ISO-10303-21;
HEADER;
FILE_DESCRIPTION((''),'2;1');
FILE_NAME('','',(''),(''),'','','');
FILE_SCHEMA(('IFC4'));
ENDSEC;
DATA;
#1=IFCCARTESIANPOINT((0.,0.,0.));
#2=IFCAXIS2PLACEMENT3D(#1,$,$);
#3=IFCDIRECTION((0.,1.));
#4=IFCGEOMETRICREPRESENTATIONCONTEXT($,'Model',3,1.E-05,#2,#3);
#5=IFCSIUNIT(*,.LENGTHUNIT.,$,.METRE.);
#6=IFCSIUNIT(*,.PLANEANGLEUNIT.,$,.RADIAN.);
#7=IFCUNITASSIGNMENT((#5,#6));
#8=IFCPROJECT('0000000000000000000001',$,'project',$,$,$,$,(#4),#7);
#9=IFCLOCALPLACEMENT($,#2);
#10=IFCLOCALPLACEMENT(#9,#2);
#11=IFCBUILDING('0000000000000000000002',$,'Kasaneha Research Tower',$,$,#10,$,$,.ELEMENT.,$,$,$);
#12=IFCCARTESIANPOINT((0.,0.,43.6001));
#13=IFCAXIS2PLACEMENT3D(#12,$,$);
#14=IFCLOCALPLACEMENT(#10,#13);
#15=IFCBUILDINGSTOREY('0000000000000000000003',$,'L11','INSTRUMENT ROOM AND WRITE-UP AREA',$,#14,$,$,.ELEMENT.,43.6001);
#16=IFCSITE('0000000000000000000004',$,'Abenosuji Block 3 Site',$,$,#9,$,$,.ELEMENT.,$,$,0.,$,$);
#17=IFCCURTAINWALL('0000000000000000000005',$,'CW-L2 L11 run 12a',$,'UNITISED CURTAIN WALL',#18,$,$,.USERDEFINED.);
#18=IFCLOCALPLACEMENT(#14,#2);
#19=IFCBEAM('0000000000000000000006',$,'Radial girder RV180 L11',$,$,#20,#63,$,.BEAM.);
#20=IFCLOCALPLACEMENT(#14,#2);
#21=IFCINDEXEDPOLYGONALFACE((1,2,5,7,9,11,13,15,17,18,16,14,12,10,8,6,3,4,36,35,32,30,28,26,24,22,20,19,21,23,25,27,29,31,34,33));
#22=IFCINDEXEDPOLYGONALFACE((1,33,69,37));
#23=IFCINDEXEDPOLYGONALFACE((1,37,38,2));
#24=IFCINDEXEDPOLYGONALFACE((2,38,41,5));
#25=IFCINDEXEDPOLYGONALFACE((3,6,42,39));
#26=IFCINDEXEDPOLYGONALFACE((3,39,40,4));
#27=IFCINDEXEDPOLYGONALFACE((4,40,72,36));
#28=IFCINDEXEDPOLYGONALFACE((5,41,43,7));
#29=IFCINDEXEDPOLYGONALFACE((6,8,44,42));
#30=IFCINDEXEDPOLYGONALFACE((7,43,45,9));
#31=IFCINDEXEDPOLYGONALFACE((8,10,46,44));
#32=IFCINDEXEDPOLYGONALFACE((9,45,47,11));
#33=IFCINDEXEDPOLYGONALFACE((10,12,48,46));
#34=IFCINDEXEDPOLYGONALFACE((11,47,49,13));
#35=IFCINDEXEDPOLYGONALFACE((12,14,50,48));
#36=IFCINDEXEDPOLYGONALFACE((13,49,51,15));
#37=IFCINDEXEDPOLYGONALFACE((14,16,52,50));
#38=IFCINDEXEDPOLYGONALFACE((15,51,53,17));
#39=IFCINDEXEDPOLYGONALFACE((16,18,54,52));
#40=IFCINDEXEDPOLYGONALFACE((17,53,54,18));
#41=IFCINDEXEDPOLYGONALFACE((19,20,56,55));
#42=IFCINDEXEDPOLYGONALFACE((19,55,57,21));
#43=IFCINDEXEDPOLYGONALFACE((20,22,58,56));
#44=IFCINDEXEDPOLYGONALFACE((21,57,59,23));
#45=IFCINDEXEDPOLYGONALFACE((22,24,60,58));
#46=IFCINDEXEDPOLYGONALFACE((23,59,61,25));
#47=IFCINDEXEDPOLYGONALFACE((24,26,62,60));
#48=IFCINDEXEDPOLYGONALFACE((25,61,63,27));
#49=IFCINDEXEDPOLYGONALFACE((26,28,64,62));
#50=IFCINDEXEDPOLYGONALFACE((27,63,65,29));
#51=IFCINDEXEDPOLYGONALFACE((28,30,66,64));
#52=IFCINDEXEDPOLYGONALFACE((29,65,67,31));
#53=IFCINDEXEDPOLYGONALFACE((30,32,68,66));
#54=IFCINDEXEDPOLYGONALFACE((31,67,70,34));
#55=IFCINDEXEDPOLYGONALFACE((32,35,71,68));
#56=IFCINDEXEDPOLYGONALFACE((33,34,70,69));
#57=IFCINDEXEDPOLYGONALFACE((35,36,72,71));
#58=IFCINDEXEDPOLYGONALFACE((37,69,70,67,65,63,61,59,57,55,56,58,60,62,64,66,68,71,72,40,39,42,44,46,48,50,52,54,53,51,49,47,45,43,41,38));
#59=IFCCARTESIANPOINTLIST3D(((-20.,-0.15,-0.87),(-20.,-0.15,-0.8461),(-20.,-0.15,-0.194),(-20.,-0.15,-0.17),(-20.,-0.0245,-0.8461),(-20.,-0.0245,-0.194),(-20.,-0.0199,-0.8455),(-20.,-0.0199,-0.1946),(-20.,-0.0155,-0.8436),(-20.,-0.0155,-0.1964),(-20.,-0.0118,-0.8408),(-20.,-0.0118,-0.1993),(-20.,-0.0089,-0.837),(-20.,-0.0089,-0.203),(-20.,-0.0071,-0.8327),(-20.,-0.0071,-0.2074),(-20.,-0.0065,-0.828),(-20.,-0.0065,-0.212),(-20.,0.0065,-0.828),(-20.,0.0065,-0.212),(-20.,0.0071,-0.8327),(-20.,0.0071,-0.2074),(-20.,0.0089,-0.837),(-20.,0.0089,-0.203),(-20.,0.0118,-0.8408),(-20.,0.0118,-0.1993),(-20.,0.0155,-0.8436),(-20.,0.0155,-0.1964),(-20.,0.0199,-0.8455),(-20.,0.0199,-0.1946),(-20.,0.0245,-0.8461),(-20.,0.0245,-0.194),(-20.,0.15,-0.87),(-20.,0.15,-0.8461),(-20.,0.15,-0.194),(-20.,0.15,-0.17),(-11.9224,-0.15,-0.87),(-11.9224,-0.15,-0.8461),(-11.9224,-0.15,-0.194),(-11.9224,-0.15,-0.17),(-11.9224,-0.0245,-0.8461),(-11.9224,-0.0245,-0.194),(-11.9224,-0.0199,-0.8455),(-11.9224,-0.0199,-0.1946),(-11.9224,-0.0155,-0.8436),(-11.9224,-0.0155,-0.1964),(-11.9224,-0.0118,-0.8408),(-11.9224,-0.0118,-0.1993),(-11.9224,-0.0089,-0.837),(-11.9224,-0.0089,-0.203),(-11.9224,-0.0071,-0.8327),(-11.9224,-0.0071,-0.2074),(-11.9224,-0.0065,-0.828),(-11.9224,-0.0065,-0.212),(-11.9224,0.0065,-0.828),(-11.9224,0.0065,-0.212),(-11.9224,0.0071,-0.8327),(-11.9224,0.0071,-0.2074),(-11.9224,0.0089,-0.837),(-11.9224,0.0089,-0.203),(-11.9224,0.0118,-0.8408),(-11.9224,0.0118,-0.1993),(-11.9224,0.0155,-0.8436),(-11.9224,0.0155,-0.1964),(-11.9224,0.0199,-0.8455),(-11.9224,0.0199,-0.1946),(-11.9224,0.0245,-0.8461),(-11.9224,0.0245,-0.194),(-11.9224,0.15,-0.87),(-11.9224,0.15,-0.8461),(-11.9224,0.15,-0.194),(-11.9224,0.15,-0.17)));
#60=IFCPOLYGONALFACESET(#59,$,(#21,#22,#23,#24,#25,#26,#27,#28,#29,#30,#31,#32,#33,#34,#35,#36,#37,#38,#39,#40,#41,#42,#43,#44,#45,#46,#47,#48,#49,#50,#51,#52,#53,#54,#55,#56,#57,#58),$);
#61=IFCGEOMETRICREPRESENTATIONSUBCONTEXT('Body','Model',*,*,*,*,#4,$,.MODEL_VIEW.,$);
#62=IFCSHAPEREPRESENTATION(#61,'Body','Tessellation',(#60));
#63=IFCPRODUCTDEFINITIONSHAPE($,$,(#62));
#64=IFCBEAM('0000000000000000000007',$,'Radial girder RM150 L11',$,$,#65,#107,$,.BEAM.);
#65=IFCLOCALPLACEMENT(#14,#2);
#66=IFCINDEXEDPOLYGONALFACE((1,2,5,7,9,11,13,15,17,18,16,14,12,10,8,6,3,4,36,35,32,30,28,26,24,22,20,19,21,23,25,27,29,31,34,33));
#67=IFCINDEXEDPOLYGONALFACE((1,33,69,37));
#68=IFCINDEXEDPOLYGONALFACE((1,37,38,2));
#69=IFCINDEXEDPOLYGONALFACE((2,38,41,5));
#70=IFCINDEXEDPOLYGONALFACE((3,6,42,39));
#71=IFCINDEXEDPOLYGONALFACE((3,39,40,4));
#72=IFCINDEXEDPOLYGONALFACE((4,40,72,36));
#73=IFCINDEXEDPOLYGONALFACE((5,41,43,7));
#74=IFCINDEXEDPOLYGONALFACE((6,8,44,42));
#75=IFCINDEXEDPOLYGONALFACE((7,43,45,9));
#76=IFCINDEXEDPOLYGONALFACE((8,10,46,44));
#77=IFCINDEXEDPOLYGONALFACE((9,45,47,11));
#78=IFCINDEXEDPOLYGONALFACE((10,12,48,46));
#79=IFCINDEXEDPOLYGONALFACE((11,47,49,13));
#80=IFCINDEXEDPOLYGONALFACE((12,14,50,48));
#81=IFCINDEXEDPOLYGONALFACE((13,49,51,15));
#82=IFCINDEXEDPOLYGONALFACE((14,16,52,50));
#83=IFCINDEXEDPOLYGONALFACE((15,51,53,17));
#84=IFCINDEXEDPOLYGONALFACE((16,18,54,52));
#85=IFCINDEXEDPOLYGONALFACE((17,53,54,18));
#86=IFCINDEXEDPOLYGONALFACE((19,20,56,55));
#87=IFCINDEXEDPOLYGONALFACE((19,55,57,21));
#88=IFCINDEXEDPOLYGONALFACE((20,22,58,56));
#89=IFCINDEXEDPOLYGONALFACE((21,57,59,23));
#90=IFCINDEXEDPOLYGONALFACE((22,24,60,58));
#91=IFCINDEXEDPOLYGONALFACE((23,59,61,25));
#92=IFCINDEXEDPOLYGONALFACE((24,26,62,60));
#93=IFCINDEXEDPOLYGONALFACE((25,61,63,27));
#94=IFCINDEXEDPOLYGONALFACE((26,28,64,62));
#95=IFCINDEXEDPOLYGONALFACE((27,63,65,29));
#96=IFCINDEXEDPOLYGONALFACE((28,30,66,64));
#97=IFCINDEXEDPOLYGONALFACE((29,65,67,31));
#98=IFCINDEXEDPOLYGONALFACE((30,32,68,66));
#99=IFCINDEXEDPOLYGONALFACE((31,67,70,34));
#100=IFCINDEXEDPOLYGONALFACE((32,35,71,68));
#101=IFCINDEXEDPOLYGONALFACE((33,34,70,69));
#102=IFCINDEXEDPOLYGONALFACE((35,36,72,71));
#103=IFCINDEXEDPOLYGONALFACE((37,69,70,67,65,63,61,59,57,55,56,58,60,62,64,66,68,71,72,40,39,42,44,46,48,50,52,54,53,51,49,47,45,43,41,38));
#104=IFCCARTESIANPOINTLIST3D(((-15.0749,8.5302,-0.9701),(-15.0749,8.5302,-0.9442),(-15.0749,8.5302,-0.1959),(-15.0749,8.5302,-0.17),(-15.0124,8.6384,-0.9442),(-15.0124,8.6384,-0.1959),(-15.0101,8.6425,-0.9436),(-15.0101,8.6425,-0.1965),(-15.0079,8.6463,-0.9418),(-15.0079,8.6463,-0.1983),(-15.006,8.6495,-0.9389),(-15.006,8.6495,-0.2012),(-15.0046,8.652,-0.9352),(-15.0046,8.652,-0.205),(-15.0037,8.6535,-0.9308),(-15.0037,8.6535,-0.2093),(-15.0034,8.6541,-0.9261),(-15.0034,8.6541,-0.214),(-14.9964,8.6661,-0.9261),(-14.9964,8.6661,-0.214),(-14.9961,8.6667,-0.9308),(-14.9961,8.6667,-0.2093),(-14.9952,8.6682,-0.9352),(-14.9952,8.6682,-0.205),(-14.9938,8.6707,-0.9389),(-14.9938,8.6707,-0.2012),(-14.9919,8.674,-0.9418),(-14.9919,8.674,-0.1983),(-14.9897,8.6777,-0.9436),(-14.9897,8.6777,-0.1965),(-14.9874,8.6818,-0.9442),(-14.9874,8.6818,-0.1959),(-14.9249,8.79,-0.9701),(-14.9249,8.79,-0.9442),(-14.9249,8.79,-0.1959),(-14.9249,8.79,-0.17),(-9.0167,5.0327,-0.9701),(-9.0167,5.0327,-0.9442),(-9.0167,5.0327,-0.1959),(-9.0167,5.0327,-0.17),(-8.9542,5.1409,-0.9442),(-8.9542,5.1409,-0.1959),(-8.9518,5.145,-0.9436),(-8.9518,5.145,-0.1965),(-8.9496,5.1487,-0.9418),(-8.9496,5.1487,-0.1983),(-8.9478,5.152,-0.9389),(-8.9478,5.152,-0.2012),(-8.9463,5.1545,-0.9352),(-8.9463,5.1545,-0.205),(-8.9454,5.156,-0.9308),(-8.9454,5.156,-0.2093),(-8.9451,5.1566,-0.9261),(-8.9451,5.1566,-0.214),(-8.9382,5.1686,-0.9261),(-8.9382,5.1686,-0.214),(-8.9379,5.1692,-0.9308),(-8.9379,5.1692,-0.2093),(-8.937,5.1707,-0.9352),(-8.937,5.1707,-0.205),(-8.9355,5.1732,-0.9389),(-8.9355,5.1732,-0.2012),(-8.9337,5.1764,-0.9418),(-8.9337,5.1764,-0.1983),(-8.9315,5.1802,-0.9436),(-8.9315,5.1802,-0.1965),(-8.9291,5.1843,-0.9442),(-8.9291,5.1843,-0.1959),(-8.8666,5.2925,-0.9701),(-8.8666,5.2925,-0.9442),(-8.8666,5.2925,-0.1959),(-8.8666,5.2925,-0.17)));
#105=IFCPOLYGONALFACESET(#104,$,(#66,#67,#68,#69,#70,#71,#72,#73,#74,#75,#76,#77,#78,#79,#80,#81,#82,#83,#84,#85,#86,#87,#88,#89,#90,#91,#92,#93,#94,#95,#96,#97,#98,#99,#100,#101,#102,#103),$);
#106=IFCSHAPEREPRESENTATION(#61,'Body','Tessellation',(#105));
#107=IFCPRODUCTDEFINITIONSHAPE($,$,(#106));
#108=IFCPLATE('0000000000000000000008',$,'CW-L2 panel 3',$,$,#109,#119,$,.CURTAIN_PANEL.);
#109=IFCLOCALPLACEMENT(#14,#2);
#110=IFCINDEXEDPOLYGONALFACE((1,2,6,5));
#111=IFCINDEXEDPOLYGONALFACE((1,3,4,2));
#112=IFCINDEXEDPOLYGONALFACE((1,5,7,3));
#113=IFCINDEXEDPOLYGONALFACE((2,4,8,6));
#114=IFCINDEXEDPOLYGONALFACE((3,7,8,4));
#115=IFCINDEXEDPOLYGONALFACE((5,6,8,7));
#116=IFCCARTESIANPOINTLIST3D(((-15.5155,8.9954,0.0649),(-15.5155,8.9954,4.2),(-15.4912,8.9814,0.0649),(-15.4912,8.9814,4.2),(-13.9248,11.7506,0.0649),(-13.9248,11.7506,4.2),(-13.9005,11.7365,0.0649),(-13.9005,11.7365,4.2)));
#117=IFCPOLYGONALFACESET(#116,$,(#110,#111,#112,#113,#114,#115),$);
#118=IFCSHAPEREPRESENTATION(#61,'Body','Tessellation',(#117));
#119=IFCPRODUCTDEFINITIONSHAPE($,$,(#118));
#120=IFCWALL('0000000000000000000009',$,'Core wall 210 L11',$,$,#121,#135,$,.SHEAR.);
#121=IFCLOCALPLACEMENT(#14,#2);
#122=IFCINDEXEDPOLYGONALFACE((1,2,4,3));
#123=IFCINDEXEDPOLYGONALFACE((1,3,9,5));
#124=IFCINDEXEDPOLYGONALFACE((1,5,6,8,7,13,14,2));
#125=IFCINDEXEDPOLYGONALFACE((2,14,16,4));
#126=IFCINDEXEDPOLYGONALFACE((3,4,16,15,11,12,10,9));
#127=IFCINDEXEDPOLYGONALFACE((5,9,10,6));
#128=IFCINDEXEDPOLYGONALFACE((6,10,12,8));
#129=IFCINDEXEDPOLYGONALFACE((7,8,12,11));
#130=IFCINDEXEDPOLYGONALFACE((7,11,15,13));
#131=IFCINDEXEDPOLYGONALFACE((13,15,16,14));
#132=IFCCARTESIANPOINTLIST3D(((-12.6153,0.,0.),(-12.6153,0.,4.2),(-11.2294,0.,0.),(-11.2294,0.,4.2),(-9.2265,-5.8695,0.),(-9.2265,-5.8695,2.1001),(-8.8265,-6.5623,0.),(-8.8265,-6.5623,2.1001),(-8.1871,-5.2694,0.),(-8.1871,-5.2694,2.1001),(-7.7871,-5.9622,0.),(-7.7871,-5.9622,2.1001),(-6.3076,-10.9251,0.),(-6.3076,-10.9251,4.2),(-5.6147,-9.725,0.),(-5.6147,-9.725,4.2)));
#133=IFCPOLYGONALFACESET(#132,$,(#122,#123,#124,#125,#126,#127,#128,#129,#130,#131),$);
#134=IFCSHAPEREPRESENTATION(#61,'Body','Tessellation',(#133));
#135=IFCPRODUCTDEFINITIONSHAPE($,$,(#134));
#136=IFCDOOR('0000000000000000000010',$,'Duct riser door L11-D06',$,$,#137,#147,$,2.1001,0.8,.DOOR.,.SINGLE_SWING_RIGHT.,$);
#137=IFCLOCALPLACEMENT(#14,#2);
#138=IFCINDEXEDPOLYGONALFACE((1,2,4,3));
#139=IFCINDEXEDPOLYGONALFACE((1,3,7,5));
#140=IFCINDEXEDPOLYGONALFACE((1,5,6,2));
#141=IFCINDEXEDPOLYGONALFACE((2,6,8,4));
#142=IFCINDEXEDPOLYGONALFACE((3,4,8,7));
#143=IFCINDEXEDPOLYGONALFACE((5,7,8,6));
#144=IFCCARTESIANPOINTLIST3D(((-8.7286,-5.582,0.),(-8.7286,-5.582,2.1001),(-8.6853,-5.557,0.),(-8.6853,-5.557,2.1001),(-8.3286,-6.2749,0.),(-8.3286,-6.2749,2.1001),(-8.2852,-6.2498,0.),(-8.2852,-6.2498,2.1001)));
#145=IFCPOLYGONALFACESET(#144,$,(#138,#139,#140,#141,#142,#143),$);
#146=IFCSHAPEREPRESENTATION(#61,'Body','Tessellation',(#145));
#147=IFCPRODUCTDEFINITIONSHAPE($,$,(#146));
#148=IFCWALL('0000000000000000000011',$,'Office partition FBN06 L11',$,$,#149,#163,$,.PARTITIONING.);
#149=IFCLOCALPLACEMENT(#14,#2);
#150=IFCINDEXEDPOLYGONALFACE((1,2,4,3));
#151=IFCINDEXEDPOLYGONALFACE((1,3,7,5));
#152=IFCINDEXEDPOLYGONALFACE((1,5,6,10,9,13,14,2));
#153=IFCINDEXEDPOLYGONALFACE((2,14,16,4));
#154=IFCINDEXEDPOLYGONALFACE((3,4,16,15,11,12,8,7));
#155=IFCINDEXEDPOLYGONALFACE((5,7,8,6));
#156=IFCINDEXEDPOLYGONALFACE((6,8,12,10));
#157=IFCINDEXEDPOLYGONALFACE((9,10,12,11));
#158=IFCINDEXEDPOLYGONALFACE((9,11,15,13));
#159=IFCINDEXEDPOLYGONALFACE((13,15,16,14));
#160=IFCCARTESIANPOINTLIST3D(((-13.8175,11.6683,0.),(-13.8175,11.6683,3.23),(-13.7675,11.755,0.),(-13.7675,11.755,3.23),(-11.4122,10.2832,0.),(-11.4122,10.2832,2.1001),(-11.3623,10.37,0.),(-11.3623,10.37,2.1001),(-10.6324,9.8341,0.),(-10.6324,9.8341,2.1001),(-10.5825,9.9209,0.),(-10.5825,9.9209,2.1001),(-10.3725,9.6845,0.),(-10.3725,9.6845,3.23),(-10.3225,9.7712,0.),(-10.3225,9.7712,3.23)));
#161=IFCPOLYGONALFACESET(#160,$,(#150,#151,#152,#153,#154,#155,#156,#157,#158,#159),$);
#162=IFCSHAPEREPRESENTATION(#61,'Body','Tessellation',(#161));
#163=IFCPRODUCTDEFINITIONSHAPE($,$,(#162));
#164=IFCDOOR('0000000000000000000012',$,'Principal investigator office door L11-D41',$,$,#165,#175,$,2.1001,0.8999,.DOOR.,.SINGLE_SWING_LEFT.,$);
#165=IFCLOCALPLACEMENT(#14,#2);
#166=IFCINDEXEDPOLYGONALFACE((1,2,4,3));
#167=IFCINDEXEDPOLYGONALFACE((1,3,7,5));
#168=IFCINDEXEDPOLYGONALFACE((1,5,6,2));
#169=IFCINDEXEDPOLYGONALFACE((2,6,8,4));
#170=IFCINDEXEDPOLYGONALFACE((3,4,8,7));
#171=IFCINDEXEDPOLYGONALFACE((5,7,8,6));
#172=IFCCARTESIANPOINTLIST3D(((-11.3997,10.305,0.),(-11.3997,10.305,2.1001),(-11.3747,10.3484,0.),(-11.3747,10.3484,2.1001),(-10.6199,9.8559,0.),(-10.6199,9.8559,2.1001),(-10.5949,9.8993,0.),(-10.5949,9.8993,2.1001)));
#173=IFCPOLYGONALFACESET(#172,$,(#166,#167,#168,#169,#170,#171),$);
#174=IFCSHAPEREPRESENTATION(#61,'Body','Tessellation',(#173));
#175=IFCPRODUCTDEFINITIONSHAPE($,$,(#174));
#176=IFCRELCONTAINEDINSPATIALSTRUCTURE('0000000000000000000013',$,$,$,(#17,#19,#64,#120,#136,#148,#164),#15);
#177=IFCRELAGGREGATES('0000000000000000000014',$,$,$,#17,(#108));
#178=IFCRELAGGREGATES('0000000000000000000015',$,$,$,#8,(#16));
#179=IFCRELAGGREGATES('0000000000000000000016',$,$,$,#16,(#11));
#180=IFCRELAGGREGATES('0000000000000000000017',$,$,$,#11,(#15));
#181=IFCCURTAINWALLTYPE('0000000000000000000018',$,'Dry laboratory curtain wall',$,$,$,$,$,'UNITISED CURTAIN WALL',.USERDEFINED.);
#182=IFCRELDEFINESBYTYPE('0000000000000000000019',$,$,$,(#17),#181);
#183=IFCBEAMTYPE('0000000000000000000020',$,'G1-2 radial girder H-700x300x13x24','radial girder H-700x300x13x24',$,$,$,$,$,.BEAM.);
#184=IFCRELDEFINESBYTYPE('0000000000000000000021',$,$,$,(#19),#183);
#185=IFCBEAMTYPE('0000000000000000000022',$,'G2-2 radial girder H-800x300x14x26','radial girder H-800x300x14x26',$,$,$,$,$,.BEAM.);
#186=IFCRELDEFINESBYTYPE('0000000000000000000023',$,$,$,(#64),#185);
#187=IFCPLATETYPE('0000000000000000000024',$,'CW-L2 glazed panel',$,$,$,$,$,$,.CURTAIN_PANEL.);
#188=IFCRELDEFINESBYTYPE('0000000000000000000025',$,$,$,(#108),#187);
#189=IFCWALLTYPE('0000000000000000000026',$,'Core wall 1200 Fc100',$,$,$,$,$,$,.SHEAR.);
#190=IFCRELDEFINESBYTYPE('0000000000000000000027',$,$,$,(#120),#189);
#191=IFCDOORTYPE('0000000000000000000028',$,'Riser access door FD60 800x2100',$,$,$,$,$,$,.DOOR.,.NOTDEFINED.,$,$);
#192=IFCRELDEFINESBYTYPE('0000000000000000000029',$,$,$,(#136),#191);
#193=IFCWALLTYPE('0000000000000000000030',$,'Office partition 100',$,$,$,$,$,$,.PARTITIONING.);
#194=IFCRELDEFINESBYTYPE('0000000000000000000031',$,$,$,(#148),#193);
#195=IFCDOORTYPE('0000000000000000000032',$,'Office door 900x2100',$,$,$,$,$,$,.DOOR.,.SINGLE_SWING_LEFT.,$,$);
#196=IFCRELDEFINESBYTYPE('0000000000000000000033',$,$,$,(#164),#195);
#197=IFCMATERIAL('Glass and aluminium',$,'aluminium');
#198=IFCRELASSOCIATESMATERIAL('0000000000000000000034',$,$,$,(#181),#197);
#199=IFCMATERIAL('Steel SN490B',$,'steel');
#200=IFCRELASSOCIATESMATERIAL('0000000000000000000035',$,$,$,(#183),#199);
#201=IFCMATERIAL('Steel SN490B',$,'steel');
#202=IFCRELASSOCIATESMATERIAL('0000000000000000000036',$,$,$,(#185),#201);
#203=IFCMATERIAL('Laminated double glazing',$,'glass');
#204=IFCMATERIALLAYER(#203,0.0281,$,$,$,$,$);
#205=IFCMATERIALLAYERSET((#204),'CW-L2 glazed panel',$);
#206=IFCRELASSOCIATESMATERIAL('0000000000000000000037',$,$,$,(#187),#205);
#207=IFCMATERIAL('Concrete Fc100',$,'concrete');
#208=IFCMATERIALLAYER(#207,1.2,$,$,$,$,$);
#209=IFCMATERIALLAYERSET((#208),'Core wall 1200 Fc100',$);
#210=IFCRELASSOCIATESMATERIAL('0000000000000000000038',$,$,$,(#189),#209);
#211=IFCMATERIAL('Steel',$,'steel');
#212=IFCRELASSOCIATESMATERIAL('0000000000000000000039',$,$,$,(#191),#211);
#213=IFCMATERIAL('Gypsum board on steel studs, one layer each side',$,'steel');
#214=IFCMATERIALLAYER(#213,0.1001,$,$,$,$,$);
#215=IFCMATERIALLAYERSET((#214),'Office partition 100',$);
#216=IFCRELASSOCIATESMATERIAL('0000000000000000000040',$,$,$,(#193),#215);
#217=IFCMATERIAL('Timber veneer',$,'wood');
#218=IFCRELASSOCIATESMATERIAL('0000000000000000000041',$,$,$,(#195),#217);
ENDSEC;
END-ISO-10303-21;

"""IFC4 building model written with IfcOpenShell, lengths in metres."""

from ifc_helpers import new_model, si_unit, direction, frame, frame_2d, origin, origin_2d, place, context, subcontext, project, spatial, polyline, rectangle, i_section, outline, extrude, material, layer, layer_set, material_profile, profile_set, type_object, element, fill, aggregate, save


model = new_model("IFC4")

# Units and contexts
model_context = context("Model", 3, precision=1e-05, world=origin(), true_north=direction((0.0, 1.0)))
body_context = subcontext(model_context, "Body", "Model", "MODEL_VIEW")
ifc_project = project(units=[si_unit("LENGTHUNIT", "METRE"), si_unit("PLANEANGLEUNIT", "RADIAN")], contexts=[model_context])

# Site, building, storey
site_placement = place(None, origin())
site = spatial("IfcSite", under=ifc_project, at=site_placement, Name="Abenosuji Block 3 Site", CompositionType="ELEMENT", RefElevation=0.0)
building_placement = place(site_placement, origin())
building = spatial("IfcBuilding", under=site, at=building_placement, Name="Kasaneha Research Tower", CompositionType="ELEMENT")
storey_placement = place(building_placement, frame((0.0, 0.0, 43.6001)))
storey = spatial("IfcBuildingStorey", under=building, at=storey_placement, Name="L11", Description="INSTRUMENT ROOM AND WRITE-UP AREA", CompositionType="ELEMENT", Elevation=43.6001)

# Curtain wall
ifc_material_1 = material(Name="Glass and aluminium", Category="aluminium")
curtain_wall_type = type_object("IfcCurtainWallType", Name="Dry laboratory curtain wall", ElementType="UNITISED CURTAIN WALL", PredefinedType="USERDEFINED", material=ifc_material_1)
curtain_wall_placement = place(storey_placement, origin())
curtain_wall = element("IfcCurtainWall", 1, at=curtain_wall_placement, inside=storey, type_object=curtain_wall_type, Name="CW-L2 L11 run 12a", ObjectType="UNITISED CURTAIN WALL", PredefinedType="USERDEFINED")

# Beams
ifc_material_2 = material(Name="Steel SN490B", Category="steel")
ifc_material_profile_1 = material_profile(ifc_material_2, i_section(OverallWidth=0.3, OverallDepth=0.7, WebThickness=0.0129, FlangeThickness=0.0239, FilletRadius=0.0181, at=origin_2d()), Name="H-700x300x13x24")
ifc_profile_set_1 = profile_set([ifc_material_profile_1], Name="Steel SN490B")
beam_type_1 = type_object("IfcBeamType", Name="G1-2 radial girder H-700x300x13x24", Description="radial girder H-700x300x13x24", PredefinedType="BEAM", material=ifc_profile_set_1)
beam_1_placement = place(storey_placement, frame((-11.9224, 0.0, -0.52), z_axis=(-1.0, 0.0, 0.0), x_axis=(0.0, -1.0, 0.0)))
element("IfcBeam", 2, at=beam_1_placement, inside=storey, type_object=beam_type_1, Name="Radial girder RV180 L11", PredefinedType="BEAM", context=body_context, shape_type="SweptSolid", body=[
    extrude(i_section(OverallWidth=0.3, OverallDepth=0.7, WebThickness=0.0129, FlangeThickness=0.0239, FilletRadius=0.0181, at=origin_2d()), origin(), (0.0, 0.0, 1.0), 8.0776),
])
ifc_material_3 = material(Name="Steel SN490B", Category="steel")
ifc_material_profile_2 = material_profile(ifc_material_3, i_section(OverallWidth=0.3, OverallDepth=0.8, WebThickness=0.0139, FlangeThickness=0.0259, FilletRadius=0.0181, at=origin_2d()), Name="H-800x300x14x26")
ifc_profile_set_2 = profile_set([ifc_material_profile_2], Name="Steel SN490B")
beam_type_2 = type_object("IfcBeamType", Name="G2-2 radial girder H-800x300x14x26", Description="radial girder H-800x300x14x26", PredefinedType="BEAM", material=ifc_profile_set_2)
beam_2_placement = place(storey_placement, frame((-8.9417, 5.1626, -0.5701), z_axis=(-0.86604, 0.499975, 0.0), x_axis=(-0.499975, -0.86604, 0.0)))
element("IfcBeam", 3, at=beam_2_placement, inside=storey, type_object=beam_type_2, Name="Radial girder RM150 L11", PredefinedType="BEAM", context=body_context, shape_type="SweptSolid", body=[
    extrude(i_section(OverallWidth=0.3, OverallDepth=0.8, WebThickness=0.0139, FlangeThickness=0.0259, FilletRadius=0.0181, at=origin_2d()), origin(), (0.0, 0.0, 1.0), 6.9954),
])

# Plate
ifc_material_4 = material(Name="Laminated double glazing", Category="glass")
ifc_layer_1 = layer(ifc_material_4, 0.0281)
ifc_layer_set_1 = layer_set([ifc_layer_1], Name="CW-L2 glazed panel")
plate_type = type_object("IfcPlateType", Name="CW-L2 glazed panel", PredefinedType="CURTAIN_PANEL", material=ifc_layer_set_1)
plate_placement = place(storey_placement, frame((-14.708, 10.366, 0.0649), z_axis=(0.0, 0.0, 1.0), x_axis=(-0.5, -0.866025, 0.0)))
plate = element("IfcPlate", 4, at=plate_placement, type_object=plate_type, Name="CW-L2 panel 3", PredefinedType="CURTAIN_PANEL", context=body_context, shape_type="SweptSolid", body=[
    extrude(rectangle(XDim=3.1814, YDim=0.0281, at=origin_2d()), origin(), (0.0, 0.0, 1.0), 4.135),
])
aggregate(curtain_wall, [plate])

# Walls, openings, doors
ifc_material_5 = material(Name="Concrete Fc100", Category="concrete")
ifc_layer_2 = layer(ifc_material_5, 1.2)
ifc_layer_set_2 = layer_set([ifc_layer_2], Name="Core wall 1200 Fc100")
wall_type_1 = type_object("IfcWallType", Name="Core wall 1200 Fc100", PredefinedType="SHEAR", material=ifc_layer_set_2)
wall_1_placement = place(storey_placement, frame((-11.9224, 0.0, 0.0), z_axis=(0.0, 0.0, 1.0), x_axis=(0.500004, -0.866023, 0.0)))
wall_1 = element("IfcWall", 5, at=wall_1_placement, inside=storey, type_object=wall_type_1, Name="Core wall 210 L11", PredefinedType="SHEAR", context=body_context, shape_type="SweptSolid", body=[
    extrude(outline(polyline([(-0.3464, -0.6001), (6.4312, -0.6001), (7.2312, -0.6001), (12.2688, -0.6001), (11.5759, 0.6001), (7.2312, 0.6001), (6.4312, 0.6001), (0.3464, 0.6001), (-0.3464, -0.6001)])), origin(), (0.0, 0.0, 1.0), 4.2),
])
opening_1_placement = place(wall_1_placement, frame((6.4312, 0.0, 0.0)))
opening_1 = element("IfcOpeningElement", 6, at=opening_1_placement, cuts=wall_1, PredefinedType="OPENING", context=body_context, shape_type="SweptSolid", body=[
    extrude(rectangle(XDim=0.8, YDim=2.1001, at=frame_2d((0.3999, 1.05))), frame((0.0, 0.6099, 0.0), z_axis=(0.0, -1.0, 0.0), x_axis=(1.0, 0.0, 0.0)), (0.0, 0.0, 1.0), 1.22),
])
ifc_material_6 = material(Name="Steel", Category="steel")
door_type_1 = type_object("IfcDoorType", Name="Riser access door FD60 800x2100", OperationType="NOTDEFINED", PredefinedType="DOOR", material=ifc_material_6)
door_1_placement = place(opening_1_placement, origin())
door_1 = element("IfcDoor", 7, at=door_1_placement, inside=storey, type_object=door_type_1, Name="Duct riser door L11-D06", OperationType="SINGLE_SWING_RIGHT", OverallHeight=2.1001, OverallWidth=0.8, PredefinedType="DOOR", context=body_context, shape_type="SweptSolid", body=[
    extrude(rectangle(XDim=0.8, YDim=2.1001, at=frame_2d((0.3999, 1.05))), frame((0.0, 0.0249, 0.0), z_axis=(0.0, -1.0, 0.0), x_axis=(1.0, 0.0, 0.0)), (0.0, 0.0, 1.0), 0.05),
])
fill(opening_1, door_1)
ifc_material_7 = material(Name="Gypsum board on steel studs, one layer each side", Category="steel")
ifc_layer_3 = layer(ifc_material_7, 0.1001)
ifc_layer_set_3 = layer_set([ifc_layer_3], Name="Office partition 100")
wall_type_2 = type_object("IfcWallType", Name="Office partition 100", PredefinedType="PARTITIONING", material=ifc_layer_set_3)
wall_2_placement = place(storey_placement, frame((-10.3474, 9.7278, 0.0), z_axis=(0.0, 0.0, 1.0), x_axis=(-0.866583, 0.499033, 0.0)))
wall_2 = element("IfcWall", 8, at=wall_2_placement, inside=storey, type_object=wall_type_2, Name="Office partition FBN06 L11", PredefinedType="PARTITIONING", context=body_context, shape_type="SweptSolid", body=[
    extrude(rectangle(XDim=3.9753, YDim=0.1001, at=frame_2d((1.9878, 0.0))), origin(), (0.0, 0.0, 1.0), 3.23),
])
opening_2_placement = place(wall_2_placement, frame((0.3, 0.0, 0.0)))
opening_2 = element("IfcOpeningElement", 9, at=opening_2_placement, cuts=wall_2, PredefinedType="OPENING", context=body_context, shape_type="SweptSolid", body=[
    extrude(rectangle(XDim=0.8999, YDim=2.1001, at=frame_2d((0.45, 1.05))), frame((0.0, 0.0601, 0.0), z_axis=(0.0, -1.0, 0.0), x_axis=(1.0, 0.0, 0.0)), (0.0, 0.0, 1.0), 0.1201),
])
ifc_material_8 = material(Name="Timber veneer", Category="wood")
door_type_2 = type_object("IfcDoorType", Name="Office door 900x2100", OperationType="SINGLE_SWING_LEFT", PredefinedType="DOOR", material=ifc_material_8)
door_2_placement = place(opening_2_placement, origin())
door_2 = element("IfcDoor", 10, at=door_2_placement, inside=storey, type_object=door_type_2, Name="Principal investigator office door L11-D41", OperationType="SINGLE_SWING_LEFT", OverallHeight=2.1001, OverallWidth=0.8999, PredefinedType="DOOR", context=body_context, shape_type="SweptSolid", body=[
    extrude(rectangle(XDim=0.8999, YDim=2.1001, at=frame_2d((0.45, 1.05))), frame((0.0, 0.0249, 0.0), z_axis=(0.0, -1.0, 0.0), x_axis=(1.0, 0.0, 0.0)), (0.0, 0.0, 1.0), 0.05),
])
fill(opening_2, door_2)

save(model, "model.ifc")
